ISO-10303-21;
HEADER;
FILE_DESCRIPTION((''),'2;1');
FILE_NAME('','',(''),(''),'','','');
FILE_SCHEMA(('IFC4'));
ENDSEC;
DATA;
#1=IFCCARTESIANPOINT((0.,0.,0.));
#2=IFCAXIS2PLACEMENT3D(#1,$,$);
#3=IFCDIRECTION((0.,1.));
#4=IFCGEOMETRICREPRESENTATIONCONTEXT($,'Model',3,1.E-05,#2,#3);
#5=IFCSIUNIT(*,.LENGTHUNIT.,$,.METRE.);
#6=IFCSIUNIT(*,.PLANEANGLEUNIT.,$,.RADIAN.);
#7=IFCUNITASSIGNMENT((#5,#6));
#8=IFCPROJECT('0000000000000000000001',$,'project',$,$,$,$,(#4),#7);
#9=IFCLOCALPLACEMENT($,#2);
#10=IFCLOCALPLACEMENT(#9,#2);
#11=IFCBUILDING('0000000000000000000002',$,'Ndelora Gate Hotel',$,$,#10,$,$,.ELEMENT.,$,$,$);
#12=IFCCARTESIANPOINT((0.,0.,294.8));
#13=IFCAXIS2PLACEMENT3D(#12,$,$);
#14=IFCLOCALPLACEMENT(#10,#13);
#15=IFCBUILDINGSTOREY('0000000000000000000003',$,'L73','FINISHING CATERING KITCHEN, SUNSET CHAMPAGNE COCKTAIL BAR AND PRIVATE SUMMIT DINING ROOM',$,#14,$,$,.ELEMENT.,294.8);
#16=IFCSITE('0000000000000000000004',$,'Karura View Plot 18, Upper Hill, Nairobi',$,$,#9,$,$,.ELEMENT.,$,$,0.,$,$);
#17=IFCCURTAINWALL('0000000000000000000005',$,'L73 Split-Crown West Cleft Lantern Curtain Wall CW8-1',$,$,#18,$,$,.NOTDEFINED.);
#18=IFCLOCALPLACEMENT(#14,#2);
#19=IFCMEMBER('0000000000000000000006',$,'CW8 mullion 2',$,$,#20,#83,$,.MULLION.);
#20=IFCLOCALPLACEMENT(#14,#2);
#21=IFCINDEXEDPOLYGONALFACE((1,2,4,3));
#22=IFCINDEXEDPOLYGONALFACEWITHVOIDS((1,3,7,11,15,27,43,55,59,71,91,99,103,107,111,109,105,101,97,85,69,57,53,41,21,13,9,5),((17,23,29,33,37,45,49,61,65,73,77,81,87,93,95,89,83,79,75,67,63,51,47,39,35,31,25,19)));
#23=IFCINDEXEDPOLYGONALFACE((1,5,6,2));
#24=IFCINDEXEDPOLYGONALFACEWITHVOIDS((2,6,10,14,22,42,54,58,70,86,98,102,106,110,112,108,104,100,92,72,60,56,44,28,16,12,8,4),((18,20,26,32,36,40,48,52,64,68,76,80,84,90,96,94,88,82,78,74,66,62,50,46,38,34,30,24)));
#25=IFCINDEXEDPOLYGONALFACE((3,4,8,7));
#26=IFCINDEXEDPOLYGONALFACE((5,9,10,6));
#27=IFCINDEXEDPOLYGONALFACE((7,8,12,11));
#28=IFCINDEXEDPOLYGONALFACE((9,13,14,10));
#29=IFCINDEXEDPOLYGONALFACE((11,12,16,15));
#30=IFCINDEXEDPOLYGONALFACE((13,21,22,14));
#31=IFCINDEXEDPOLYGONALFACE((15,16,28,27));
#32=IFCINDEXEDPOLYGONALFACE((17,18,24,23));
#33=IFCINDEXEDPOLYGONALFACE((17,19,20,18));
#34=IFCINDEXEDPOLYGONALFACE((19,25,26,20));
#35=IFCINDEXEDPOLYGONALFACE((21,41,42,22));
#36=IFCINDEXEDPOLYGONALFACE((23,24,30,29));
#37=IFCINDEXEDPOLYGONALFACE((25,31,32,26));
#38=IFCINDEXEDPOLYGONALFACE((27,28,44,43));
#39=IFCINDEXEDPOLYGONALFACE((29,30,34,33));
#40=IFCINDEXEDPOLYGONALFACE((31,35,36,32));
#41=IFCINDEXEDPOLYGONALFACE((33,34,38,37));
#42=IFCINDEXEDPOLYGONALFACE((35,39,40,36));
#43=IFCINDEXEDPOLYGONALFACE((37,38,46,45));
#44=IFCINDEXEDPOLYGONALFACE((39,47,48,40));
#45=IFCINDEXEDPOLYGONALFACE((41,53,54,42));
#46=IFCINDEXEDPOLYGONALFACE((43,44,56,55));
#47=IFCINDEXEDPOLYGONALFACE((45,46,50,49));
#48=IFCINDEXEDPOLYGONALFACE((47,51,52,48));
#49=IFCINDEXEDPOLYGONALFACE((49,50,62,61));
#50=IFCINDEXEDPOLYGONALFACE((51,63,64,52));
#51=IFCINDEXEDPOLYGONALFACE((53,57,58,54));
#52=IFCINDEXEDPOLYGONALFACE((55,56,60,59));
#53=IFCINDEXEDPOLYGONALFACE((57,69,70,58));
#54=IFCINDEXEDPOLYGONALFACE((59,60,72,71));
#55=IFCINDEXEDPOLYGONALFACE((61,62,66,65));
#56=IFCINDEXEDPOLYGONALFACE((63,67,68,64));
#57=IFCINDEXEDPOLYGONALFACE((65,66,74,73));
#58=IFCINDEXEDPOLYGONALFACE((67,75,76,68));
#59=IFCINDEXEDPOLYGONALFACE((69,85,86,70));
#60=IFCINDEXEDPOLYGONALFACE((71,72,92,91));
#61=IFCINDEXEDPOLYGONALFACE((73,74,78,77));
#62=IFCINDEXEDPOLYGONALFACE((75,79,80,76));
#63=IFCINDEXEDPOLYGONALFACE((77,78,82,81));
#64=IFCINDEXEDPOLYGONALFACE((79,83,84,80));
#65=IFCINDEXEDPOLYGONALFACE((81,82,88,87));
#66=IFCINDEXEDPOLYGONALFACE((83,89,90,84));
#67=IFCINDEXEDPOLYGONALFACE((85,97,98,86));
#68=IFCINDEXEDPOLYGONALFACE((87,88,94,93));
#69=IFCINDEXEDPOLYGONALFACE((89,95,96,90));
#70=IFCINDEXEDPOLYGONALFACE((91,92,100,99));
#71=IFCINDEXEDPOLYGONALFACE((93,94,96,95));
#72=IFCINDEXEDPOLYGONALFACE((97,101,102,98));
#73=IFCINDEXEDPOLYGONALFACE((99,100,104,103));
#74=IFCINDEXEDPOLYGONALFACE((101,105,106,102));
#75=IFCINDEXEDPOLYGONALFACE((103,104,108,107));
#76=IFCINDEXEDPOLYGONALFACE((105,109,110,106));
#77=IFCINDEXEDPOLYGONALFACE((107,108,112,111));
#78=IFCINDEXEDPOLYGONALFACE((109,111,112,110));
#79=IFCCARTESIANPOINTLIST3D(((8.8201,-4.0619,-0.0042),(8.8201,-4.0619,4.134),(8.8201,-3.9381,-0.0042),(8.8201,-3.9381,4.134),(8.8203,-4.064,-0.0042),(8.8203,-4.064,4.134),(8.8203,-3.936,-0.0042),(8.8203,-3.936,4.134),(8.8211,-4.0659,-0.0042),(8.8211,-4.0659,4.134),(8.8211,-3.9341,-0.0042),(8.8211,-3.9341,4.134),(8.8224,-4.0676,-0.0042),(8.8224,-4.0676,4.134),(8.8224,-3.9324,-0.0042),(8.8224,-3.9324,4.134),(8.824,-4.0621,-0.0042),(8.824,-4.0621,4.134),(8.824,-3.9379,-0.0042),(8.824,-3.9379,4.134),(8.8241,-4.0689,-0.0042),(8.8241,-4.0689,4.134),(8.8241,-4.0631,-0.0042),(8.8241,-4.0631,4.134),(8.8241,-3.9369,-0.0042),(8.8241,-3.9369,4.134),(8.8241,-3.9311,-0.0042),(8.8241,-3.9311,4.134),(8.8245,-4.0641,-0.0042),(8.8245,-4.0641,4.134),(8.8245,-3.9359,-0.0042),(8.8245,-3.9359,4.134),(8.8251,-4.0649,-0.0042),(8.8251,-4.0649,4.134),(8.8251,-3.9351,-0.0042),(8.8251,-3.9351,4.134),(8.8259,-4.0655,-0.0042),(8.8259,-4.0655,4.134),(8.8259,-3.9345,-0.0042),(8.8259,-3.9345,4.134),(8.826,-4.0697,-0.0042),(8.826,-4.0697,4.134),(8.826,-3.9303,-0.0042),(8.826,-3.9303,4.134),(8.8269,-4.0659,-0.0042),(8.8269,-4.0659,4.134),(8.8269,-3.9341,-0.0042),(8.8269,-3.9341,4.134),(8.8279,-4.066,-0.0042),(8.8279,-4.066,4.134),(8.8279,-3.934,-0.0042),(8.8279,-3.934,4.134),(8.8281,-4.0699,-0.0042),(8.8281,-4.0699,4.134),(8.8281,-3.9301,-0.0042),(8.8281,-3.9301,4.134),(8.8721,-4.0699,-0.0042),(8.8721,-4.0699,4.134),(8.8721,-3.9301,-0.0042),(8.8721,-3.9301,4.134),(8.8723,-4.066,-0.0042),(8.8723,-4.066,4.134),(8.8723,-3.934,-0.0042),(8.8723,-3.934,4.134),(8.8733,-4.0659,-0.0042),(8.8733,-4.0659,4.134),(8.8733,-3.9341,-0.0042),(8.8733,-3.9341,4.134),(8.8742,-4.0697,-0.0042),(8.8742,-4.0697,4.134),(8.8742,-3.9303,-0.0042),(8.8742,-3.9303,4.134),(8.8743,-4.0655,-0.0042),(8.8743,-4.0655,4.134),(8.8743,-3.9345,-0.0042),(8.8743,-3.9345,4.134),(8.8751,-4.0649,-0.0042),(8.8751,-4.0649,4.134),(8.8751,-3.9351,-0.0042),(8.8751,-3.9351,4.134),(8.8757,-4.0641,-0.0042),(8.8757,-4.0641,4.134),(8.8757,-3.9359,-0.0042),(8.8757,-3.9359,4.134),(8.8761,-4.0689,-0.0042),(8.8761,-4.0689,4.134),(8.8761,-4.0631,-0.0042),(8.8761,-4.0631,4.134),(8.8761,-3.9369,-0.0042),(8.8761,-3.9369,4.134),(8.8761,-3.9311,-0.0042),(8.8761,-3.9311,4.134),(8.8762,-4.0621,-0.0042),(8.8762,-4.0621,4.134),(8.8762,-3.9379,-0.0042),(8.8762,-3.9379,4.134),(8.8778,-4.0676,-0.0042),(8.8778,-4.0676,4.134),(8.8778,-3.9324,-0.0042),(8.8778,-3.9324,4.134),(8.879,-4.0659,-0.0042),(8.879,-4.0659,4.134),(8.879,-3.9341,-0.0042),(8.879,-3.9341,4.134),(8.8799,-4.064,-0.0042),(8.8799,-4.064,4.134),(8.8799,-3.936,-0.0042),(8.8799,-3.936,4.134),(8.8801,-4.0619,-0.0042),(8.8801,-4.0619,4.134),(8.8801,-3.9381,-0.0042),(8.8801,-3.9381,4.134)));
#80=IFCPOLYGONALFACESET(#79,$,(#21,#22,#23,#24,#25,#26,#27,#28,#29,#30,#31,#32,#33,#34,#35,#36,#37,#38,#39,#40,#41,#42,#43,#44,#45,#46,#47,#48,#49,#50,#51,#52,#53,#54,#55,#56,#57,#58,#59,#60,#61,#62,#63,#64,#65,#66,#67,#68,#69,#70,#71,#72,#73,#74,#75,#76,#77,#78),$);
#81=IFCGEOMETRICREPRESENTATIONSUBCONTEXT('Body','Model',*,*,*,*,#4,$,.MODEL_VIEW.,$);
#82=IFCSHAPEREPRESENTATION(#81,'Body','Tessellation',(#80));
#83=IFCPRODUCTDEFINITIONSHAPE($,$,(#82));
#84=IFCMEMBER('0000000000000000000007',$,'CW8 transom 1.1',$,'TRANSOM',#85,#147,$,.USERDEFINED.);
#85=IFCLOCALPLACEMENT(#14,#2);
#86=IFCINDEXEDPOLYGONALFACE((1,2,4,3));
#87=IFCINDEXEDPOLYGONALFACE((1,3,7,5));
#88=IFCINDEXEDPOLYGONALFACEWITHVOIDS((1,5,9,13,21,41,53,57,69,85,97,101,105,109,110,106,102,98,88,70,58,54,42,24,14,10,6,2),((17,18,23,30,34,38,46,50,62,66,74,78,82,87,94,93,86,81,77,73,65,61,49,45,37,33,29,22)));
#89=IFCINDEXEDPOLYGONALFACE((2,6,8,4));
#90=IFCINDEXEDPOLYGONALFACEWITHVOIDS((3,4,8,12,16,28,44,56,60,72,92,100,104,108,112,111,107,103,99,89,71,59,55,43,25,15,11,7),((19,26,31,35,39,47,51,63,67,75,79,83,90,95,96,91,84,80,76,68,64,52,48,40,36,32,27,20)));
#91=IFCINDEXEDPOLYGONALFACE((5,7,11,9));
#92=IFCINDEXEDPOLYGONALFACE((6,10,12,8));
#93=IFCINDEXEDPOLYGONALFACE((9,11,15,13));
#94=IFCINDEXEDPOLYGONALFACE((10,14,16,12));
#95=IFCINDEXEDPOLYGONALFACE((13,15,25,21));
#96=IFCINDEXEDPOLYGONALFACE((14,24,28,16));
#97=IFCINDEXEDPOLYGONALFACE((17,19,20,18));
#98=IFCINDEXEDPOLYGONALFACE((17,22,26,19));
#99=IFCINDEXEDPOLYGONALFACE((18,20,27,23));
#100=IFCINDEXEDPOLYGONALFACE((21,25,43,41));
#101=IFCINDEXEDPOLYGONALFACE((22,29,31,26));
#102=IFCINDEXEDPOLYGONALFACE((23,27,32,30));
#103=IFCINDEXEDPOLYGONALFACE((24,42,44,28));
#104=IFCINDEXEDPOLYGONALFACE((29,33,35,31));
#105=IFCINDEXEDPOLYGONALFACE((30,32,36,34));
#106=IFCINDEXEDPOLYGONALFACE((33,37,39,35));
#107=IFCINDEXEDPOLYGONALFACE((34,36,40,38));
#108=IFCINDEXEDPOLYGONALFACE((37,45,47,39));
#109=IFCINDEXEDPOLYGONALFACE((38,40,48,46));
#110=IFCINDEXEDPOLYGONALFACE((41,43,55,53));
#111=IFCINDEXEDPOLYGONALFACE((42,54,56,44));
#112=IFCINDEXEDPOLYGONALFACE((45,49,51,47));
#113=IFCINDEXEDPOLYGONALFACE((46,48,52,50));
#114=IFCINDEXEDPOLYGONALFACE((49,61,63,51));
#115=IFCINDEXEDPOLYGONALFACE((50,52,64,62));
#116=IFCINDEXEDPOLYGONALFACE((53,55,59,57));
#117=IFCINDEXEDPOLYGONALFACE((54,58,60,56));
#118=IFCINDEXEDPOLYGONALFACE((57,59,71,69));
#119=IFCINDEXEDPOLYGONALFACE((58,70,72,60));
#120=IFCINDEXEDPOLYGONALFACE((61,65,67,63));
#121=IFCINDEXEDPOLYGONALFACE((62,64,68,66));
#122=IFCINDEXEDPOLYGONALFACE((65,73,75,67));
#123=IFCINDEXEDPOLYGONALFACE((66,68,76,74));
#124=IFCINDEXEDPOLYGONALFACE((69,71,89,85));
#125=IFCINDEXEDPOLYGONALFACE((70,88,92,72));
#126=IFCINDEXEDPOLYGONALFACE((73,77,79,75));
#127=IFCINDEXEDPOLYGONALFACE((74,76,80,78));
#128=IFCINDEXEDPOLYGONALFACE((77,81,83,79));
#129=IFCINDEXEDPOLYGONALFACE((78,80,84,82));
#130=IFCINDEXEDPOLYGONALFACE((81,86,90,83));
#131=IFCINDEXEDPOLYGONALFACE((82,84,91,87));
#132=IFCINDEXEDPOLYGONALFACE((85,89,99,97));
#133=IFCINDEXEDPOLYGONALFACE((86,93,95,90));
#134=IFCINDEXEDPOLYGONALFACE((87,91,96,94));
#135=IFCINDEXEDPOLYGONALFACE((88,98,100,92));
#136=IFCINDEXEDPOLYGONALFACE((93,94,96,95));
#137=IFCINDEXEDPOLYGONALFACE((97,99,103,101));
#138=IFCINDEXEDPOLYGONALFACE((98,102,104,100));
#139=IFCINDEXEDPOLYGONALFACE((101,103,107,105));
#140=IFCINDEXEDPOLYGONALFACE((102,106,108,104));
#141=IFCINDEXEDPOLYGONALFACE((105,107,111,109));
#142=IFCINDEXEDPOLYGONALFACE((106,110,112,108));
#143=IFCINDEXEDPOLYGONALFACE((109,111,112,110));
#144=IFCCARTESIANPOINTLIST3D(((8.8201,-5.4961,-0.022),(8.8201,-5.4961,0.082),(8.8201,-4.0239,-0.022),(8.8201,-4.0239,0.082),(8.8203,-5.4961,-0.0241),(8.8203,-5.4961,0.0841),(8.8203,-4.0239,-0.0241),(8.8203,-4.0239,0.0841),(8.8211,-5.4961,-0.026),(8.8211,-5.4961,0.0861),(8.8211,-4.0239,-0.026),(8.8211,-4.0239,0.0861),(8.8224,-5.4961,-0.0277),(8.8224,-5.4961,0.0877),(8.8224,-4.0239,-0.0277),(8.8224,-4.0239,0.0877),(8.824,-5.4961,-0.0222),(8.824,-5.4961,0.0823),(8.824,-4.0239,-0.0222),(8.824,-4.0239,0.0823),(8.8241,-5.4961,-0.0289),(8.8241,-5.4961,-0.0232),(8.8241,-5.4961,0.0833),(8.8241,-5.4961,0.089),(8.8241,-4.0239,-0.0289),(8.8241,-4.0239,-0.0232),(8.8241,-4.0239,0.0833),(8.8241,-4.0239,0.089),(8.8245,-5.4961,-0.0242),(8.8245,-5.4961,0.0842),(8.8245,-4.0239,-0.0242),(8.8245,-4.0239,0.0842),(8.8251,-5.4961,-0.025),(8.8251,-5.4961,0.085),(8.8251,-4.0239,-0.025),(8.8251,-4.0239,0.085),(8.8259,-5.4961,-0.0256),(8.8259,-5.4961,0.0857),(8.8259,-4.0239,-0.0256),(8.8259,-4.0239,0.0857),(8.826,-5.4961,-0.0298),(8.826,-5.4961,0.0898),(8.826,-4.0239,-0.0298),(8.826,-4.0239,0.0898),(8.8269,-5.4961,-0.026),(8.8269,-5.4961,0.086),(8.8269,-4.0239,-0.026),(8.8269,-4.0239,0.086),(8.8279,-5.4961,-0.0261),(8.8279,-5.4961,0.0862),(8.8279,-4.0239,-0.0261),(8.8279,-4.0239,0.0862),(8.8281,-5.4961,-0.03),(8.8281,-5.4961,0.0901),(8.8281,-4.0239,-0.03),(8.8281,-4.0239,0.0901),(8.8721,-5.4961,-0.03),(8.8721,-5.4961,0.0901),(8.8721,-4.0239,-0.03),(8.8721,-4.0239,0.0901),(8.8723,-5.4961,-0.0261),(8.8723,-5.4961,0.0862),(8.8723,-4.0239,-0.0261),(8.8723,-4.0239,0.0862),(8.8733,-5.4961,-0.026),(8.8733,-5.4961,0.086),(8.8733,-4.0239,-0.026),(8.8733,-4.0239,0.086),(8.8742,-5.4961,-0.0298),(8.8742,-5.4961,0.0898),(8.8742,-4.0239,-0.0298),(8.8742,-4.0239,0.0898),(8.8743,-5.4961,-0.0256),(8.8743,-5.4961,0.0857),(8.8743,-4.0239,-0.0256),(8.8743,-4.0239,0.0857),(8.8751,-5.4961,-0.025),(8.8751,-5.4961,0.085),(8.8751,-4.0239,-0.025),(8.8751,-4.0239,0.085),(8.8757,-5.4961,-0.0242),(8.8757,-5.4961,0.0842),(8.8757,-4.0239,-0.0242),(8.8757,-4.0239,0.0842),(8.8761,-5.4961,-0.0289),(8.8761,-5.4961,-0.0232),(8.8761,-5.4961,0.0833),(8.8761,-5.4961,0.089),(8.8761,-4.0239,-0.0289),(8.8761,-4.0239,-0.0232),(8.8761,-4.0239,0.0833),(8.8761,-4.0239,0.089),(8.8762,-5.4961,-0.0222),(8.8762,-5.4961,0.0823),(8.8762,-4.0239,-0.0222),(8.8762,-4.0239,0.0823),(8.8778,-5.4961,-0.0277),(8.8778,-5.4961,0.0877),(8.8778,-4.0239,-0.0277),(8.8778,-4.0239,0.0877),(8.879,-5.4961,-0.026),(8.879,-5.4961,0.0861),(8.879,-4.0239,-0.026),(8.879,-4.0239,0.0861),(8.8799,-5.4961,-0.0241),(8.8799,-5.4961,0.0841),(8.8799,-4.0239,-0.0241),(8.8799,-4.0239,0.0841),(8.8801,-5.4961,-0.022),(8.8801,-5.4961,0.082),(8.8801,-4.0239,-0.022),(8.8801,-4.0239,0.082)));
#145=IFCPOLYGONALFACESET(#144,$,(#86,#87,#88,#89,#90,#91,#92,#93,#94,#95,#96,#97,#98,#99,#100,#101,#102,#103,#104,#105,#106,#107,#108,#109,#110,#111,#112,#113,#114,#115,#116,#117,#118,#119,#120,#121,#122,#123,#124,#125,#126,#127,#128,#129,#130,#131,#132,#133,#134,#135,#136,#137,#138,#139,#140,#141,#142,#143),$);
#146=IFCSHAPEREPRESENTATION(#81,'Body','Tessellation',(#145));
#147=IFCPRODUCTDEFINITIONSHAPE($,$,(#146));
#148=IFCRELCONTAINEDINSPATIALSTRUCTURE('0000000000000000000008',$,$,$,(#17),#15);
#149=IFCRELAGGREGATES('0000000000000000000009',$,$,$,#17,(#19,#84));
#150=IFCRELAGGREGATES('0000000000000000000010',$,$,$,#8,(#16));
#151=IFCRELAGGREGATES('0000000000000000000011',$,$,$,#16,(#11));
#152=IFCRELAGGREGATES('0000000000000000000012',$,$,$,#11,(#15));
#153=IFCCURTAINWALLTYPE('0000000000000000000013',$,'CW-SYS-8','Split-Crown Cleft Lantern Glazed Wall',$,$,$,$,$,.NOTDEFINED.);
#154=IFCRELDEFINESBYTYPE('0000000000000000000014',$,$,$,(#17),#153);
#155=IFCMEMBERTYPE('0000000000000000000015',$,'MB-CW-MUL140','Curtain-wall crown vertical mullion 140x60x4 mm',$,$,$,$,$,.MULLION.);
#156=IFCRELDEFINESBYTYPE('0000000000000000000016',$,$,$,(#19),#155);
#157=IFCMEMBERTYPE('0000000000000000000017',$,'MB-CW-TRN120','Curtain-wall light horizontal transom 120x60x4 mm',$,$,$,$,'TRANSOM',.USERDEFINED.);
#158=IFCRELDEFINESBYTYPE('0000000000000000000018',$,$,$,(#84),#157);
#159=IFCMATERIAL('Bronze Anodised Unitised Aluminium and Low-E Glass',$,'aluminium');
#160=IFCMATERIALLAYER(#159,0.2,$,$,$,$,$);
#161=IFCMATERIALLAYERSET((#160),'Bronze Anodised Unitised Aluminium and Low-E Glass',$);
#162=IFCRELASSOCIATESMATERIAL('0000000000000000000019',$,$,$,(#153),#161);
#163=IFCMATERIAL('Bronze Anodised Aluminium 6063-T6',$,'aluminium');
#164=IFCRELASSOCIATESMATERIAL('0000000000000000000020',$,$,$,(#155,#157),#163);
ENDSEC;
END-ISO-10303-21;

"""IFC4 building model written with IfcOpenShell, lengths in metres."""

from ifc_helpers import new_model, si_unit, direction, frame, origin, origin_2d, place, context, subcontext, project, spatial, hollow_rectangle, extrude, material, layer, layer_set, material_profile, profile_set, type_object, element, aggregate, save


model = new_model("IFC4")

# Units and contexts
model_context = context("Model", 3, precision=1e-05, world=origin(), true_north=direction((0.0, 1.0)))
body_context = subcontext(model_context, "Body", "Model", "MODEL_VIEW")
ifc_project = project(units=[si_unit("LENGTHUNIT", "METRE"), si_unit("PLANEANGLEUNIT", "RADIAN")], contexts=[model_context])

# Site, building, storey
site_placement = place(None, origin())
site = spatial("IfcSite", under=ifc_project, at=site_placement, Name="Karura View Plot 18, Upper Hill, Nairobi", CompositionType="ELEMENT", RefElevation=0.0)
building_placement = place(site_placement, origin())
building = spatial("IfcBuilding", under=site, at=building_placement, Name="Ndelora Gate Hotel", CompositionType="ELEMENT")
storey_placement = place(building_placement, frame((0.0, 0.0, 294.8)))
storey = spatial("IfcBuildingStorey", under=building, at=storey_placement, Name="L73", Description="FINISHING CATERING KITCHEN, SUNSET CHAMPAGNE COCKTAIL BAR AND PRIVATE SUMMIT DINING ROOM", CompositionType="ELEMENT", Elevation=294.8)

# Curtain wall, members
ifc_material_1 = material(Name="Bronze Anodised Unitised Aluminium and Low-E Glass", Category="aluminium")
ifc_layer_1 = layer(ifc_material_1, 0.2)
ifc_layer_set_1 = layer_set([ifc_layer_1], Name="Bronze Anodised Unitised Aluminium and Low-E Glass")
curtain_wall_type = type_object("IfcCurtainWallType", Name="CW-SYS-8", Description="Split-Crown Cleft Lantern Glazed Wall", PredefinedType="NOTDEFINED", material=ifc_layer_set_1)
curtain_wall_placement = place(storey_placement, origin())
curtain_wall = element("IfcCurtainWall", 1, at=curtain_wall_placement, inside=storey, type_object=curtain_wall_type, Name="L73 Split-Crown West Cleft Lantern Curtain Wall CW8-1", PredefinedType="NOTDEFINED")
ifc_material_2 = material(Name="Bronze Anodised Aluminium 6063-T6", Category="aluminium")
ifc_material_profile_1 = material_profile(ifc_material_2, hollow_rectangle(XDim=0.0601, YDim=0.1399, WallThickness=0.0039, InnerFilletRadius=0.0039, OuterFilletRadius=0.0081, at=origin_2d()), Name="ALU 140x60x4")
ifc_profile_set_1 = profile_set([ifc_material_profile_1], Name="Bronze Anodised Aluminium 6063-T6")
member_type_1 = type_object("IfcMemberType", Name="MB-CW-MUL140", Description="Curtain-wall crown vertical mullion 140x60x4 mm", PredefinedType="MULLION", material=ifc_profile_set_1)
member_1_placement = place(storey_placement, frame((8.8501, -4.0, -0.0042), z_axis=(0.0, 0.0, 1.0), x_axis=(-1.0, 0.0, 0.0)))
member_1 = element("IfcMember", 2, at=member_1_placement, type_object=member_type_1, Name="CW8 mullion 2", PredefinedType="MULLION", context=body_context, shape_type="SweptSolid", body=[
    extrude(hollow_rectangle(XDim=0.0601, YDim=0.1399, WallThickness=0.0039, InnerFilletRadius=0.0039, OuterFilletRadius=0.0081, at=origin_2d()), origin(), (0.0, 0.0, 1.0), 4.1382),
])
ifc_material_profile_2 = material_profile(ifc_material_2, hollow_rectangle(XDim=0.0601, YDim=0.1201, WallThickness=0.0039, InnerFilletRadius=0.0039, OuterFilletRadius=0.0081, at=origin_2d()), Name="ALU 120x60x4")
ifc_profile_set_2 = profile_set([ifc_material_profile_2], Name="Bronze Anodised Aluminium 6063-T6")
member_type_2 = type_object("IfcMemberType", Name="MB-CW-TRN120", Description="Curtain-wall light horizontal transom 120x60x4 mm", ElementType="TRANSOM", PredefinedType="USERDEFINED", material=ifc_profile_set_2)
member_2_placement = place(storey_placement, frame((8.8501, -5.4961, 0.03), z_axis=(0.0, 1.0, 0.0), x_axis=(-1.0, 0.0, 0.0)))
member_2 = element("IfcMember", 3, at=member_2_placement, type_object=member_type_2, Name="CW8 transom 1.1", ObjectType="TRANSOM", PredefinedType="USERDEFINED", context=body_context, shape_type="SweptSolid", body=[
    extrude(hollow_rectangle(XDim=0.0601, YDim=0.1201, WallThickness=0.0039, InnerFilletRadius=0.0039, OuterFilletRadius=0.0081, at=origin_2d()), origin(), (0.0, 0.0, 1.0), 1.4722),
])
aggregate(curtain_wall, [member_1, member_2])

save(model, "model.ifc")
